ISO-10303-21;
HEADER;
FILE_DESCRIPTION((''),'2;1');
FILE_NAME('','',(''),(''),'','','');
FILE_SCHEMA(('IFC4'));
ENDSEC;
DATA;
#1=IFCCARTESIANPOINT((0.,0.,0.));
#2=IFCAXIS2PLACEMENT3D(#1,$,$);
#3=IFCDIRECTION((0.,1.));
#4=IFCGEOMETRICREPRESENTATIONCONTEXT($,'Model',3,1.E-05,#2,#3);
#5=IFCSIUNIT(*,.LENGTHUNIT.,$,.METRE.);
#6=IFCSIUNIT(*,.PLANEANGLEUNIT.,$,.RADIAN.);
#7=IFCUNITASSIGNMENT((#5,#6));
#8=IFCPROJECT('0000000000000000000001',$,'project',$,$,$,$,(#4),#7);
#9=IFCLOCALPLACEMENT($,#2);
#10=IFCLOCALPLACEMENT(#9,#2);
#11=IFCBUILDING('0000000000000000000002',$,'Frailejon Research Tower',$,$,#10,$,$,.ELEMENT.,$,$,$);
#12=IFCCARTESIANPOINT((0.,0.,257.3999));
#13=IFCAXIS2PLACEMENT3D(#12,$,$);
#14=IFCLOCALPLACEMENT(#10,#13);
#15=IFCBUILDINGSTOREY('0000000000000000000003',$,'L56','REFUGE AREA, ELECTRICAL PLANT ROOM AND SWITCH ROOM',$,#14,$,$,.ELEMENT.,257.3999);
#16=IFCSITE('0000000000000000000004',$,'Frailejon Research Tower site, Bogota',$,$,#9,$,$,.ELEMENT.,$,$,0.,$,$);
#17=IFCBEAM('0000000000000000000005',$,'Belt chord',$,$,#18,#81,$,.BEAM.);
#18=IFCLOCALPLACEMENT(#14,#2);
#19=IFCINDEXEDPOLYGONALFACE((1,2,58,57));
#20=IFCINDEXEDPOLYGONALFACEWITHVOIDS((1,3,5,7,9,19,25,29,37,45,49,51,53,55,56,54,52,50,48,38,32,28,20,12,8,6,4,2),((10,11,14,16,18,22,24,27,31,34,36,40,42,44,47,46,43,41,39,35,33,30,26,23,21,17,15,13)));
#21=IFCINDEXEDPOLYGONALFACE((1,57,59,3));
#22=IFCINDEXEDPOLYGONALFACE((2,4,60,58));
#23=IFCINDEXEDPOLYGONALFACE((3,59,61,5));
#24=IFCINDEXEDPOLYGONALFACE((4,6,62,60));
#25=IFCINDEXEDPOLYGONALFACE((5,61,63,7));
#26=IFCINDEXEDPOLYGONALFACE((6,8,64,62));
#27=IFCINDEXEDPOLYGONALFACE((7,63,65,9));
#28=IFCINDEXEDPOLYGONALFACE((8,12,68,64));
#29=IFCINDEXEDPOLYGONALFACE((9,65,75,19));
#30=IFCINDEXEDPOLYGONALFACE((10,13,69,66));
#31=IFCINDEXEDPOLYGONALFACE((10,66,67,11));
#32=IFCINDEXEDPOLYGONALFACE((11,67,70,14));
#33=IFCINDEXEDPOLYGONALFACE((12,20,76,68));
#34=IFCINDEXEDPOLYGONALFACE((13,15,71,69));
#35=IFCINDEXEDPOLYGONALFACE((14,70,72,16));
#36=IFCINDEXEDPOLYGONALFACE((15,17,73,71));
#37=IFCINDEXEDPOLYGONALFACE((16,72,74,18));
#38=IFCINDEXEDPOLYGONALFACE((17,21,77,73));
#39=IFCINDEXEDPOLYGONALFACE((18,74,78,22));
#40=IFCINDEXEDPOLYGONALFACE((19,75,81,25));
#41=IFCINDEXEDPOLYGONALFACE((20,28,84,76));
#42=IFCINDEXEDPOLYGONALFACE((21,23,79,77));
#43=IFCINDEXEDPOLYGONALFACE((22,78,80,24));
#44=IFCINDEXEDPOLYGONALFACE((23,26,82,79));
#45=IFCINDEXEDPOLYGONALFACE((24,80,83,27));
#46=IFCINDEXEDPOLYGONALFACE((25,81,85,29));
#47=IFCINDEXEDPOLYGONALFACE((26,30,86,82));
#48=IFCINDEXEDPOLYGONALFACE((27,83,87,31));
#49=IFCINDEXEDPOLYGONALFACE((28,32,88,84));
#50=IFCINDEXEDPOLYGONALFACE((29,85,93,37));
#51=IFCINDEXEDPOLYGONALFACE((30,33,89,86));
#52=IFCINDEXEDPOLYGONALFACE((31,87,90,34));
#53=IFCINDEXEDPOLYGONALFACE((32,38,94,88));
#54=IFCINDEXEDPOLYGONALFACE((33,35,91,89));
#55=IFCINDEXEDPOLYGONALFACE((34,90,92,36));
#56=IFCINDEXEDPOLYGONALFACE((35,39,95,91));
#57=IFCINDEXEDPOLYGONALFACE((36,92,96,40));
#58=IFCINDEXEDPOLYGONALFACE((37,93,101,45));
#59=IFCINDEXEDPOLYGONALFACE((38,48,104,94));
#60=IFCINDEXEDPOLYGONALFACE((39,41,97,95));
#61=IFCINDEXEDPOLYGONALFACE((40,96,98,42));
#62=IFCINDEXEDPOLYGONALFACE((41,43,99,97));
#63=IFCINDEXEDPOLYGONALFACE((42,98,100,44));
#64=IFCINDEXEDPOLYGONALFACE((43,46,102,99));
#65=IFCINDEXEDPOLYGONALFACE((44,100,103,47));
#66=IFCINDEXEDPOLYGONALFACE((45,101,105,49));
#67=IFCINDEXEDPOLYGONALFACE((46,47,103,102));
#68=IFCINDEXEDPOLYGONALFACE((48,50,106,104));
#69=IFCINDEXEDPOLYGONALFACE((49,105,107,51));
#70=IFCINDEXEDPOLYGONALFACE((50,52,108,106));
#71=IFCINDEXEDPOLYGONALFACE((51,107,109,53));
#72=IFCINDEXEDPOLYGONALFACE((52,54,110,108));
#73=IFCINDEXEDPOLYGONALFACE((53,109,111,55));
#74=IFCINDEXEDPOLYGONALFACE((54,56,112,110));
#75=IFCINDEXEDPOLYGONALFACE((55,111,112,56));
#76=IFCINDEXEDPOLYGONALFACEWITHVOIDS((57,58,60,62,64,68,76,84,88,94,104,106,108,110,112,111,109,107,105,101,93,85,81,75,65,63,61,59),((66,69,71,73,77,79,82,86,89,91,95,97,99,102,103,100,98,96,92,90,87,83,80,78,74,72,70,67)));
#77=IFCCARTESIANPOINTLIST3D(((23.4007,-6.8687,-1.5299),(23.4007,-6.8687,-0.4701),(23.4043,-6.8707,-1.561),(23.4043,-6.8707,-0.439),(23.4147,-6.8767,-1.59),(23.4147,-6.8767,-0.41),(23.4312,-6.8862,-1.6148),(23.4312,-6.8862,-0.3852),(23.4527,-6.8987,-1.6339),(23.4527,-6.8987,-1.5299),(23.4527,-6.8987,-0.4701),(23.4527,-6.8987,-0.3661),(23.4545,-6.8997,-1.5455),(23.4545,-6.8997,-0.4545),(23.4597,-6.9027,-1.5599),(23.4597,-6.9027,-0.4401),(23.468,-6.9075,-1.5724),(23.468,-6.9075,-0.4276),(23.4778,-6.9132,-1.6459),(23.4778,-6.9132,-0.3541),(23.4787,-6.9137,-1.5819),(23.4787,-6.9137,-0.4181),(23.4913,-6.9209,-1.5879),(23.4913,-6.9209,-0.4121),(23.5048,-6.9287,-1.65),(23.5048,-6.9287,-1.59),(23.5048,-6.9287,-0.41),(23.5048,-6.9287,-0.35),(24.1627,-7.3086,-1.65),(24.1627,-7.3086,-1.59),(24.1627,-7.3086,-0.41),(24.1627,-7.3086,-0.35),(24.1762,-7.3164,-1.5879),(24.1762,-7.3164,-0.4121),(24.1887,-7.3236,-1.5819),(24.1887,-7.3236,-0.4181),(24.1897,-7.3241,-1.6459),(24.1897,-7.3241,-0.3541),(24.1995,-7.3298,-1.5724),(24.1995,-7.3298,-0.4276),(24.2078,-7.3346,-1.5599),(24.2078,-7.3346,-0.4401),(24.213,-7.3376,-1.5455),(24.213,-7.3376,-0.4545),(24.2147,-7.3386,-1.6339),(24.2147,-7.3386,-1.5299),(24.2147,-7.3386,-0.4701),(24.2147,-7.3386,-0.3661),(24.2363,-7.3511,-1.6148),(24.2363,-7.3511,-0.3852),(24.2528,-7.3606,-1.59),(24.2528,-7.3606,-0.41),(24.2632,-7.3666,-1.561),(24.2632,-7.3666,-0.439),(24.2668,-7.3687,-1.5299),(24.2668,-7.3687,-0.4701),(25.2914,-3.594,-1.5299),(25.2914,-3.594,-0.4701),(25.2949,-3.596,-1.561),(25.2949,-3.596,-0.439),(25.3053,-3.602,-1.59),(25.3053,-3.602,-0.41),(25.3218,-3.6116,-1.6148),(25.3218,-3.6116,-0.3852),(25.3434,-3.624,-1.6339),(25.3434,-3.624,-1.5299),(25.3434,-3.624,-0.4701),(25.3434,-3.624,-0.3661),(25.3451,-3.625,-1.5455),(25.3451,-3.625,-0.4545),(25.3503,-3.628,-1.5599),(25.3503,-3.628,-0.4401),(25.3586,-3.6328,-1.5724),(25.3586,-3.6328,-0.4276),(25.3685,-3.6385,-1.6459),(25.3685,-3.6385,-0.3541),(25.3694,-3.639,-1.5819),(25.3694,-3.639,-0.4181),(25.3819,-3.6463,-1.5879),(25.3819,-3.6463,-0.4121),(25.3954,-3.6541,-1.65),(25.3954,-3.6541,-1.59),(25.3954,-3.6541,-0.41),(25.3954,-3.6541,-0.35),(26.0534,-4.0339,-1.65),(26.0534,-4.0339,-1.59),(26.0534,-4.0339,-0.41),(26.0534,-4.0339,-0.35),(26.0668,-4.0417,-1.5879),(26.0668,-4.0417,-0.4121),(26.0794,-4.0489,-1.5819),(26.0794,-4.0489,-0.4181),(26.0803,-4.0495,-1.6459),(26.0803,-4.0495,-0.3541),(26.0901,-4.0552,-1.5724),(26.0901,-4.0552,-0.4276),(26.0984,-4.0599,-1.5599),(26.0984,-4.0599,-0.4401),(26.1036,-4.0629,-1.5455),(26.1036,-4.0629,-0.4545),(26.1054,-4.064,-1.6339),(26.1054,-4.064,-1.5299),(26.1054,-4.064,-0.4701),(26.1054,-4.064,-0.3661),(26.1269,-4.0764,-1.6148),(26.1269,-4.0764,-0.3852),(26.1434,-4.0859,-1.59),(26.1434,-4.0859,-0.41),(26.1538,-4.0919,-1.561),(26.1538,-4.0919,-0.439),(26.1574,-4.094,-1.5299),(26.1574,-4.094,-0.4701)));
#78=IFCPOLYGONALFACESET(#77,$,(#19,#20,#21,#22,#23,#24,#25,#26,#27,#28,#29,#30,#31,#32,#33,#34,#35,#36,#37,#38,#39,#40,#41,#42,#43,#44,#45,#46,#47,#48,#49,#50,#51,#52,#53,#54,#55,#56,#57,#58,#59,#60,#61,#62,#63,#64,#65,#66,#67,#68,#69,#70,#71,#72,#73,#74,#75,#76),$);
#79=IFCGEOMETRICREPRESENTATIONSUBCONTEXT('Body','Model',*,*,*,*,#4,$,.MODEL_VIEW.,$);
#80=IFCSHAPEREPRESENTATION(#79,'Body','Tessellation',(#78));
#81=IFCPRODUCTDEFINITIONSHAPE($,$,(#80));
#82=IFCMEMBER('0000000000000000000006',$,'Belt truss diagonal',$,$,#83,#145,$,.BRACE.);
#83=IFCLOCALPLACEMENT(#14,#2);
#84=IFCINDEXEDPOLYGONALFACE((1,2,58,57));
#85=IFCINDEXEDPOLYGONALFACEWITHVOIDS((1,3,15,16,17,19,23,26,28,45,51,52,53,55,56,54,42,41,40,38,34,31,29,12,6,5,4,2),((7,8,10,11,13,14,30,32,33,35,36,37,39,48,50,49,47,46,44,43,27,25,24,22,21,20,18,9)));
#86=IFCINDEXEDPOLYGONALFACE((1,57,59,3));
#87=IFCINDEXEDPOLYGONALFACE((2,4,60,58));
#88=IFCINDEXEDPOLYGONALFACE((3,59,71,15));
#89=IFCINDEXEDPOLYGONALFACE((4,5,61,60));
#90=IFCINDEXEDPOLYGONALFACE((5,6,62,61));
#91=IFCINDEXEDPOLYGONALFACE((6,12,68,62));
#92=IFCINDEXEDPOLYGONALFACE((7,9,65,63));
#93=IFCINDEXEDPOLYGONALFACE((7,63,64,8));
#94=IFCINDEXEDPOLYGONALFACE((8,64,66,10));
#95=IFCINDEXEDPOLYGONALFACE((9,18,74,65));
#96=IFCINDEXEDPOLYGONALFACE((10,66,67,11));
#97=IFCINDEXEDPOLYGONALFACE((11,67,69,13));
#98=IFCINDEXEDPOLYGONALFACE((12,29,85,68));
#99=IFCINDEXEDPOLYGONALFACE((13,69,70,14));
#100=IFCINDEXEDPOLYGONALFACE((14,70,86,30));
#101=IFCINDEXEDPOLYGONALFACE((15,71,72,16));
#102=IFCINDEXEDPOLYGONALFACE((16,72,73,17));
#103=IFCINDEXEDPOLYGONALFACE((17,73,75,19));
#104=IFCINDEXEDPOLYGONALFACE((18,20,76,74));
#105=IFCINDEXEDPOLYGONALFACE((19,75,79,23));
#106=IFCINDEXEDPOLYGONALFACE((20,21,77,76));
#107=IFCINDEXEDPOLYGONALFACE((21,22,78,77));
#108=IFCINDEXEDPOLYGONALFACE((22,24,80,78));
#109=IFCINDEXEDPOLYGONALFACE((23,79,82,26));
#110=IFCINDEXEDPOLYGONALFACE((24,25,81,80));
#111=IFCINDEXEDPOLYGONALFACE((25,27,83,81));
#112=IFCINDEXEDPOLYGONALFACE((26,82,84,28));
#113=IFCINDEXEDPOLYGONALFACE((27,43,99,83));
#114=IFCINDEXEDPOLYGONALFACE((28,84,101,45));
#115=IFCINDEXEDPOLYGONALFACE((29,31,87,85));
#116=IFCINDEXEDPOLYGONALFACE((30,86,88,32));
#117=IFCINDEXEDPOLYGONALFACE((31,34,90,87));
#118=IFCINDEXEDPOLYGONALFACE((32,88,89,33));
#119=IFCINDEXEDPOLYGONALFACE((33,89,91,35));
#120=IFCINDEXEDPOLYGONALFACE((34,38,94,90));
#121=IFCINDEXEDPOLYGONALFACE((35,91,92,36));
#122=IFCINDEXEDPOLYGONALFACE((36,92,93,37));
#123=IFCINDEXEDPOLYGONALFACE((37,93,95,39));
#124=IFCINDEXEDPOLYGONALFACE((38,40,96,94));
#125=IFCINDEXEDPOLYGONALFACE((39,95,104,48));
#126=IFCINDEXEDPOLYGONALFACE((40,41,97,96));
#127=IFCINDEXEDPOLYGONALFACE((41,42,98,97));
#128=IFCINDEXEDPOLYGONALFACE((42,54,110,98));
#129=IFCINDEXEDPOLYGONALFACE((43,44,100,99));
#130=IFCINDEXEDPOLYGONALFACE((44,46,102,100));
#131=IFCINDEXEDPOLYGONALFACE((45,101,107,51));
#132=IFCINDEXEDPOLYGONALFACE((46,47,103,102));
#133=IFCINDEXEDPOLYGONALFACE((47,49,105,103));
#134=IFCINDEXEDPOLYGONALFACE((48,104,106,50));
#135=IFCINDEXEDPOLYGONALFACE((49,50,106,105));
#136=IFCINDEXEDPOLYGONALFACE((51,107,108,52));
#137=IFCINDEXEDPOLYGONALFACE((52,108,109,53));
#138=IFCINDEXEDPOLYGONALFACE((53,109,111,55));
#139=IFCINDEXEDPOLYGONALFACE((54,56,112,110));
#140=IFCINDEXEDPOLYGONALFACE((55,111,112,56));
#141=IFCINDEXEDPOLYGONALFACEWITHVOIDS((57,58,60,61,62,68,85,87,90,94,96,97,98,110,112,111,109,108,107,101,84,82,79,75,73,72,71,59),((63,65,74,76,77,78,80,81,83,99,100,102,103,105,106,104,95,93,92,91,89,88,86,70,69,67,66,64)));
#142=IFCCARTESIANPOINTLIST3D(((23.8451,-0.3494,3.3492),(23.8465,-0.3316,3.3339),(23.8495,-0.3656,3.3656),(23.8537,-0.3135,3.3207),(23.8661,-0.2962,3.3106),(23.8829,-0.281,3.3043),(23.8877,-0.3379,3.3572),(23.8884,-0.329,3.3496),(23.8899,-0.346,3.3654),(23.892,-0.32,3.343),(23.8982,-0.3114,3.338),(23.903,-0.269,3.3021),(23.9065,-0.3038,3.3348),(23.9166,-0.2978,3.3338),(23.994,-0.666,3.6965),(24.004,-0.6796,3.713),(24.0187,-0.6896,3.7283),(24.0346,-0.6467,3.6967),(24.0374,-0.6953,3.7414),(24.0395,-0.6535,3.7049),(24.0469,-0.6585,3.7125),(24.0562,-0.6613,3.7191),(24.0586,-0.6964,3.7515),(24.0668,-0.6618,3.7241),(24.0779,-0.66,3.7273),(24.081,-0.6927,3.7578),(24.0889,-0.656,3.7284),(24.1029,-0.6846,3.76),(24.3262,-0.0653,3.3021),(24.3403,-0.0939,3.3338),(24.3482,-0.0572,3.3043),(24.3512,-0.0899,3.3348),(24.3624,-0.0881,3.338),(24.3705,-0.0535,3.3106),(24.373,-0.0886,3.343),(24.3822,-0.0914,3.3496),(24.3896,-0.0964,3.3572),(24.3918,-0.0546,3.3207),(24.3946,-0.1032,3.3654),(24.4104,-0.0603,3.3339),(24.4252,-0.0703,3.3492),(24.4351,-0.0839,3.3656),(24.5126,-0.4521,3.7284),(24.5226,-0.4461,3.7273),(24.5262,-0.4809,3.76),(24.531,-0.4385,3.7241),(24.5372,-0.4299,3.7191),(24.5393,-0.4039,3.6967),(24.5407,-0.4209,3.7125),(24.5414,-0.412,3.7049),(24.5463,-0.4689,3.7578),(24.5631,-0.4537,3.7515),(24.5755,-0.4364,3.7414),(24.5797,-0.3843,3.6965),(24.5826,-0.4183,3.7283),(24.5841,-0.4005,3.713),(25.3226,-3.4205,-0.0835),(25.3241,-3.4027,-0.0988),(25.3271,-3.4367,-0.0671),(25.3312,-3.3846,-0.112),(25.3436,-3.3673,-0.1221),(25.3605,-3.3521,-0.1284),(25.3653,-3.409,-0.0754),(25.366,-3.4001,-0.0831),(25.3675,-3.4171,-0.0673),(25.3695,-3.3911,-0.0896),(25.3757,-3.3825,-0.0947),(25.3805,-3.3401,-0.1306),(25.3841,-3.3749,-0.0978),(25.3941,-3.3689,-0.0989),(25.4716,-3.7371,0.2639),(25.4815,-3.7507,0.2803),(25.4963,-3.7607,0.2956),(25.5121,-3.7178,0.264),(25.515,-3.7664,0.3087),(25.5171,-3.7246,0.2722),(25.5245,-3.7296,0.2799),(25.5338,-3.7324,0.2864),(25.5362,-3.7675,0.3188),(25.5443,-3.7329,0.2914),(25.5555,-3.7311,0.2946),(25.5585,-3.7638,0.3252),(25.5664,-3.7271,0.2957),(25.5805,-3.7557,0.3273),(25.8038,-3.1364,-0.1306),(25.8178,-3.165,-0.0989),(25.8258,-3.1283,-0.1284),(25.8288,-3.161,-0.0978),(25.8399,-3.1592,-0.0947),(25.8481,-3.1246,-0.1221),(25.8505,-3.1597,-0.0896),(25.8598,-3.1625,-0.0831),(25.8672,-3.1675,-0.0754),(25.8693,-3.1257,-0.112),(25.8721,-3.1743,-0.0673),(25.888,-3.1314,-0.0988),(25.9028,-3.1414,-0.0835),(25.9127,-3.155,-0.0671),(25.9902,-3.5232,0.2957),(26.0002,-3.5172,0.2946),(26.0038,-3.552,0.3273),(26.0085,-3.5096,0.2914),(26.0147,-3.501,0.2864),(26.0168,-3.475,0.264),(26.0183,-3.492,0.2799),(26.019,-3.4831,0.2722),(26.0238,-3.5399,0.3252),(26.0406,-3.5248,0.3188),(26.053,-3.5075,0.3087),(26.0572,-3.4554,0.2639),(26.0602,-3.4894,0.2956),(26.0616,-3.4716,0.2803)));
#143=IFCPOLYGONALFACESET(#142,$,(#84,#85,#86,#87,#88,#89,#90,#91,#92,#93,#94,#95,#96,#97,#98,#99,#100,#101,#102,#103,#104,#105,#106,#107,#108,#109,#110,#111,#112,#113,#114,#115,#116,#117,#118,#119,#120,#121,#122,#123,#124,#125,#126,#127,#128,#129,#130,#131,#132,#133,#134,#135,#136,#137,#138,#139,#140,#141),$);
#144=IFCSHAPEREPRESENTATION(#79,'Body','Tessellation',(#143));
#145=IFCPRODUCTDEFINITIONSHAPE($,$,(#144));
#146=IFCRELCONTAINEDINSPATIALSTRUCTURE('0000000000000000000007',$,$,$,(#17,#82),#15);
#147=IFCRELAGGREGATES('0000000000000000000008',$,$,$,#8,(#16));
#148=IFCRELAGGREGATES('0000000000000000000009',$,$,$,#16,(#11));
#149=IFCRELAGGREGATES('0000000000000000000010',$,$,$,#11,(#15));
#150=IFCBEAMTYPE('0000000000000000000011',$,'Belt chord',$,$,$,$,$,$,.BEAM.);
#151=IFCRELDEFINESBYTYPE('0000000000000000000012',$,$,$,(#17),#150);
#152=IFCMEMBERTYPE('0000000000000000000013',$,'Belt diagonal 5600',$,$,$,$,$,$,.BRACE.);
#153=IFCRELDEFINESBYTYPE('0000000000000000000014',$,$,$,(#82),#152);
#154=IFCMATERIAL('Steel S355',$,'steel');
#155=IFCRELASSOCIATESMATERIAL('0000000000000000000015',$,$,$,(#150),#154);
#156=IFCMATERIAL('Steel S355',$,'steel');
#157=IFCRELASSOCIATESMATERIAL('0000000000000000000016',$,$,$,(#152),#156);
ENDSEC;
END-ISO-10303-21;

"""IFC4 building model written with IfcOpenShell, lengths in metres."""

from ifc_helpers import new_model, si_unit, direction, frame, origin, origin_2d, place, context, subcontext, project, spatial, hollow_rectangle, extrude, material, material_profile, profile_set, type_object, element, save


model = new_model("IFC4")

# Units and contexts
model_context = context("Model", 3, precision=1e-05, world=origin(), true_north=direction((0.0, 1.0)))
body_context = subcontext(model_context, "Body", "Model", "MODEL_VIEW")
ifc_project = project(units=[si_unit("LENGTHUNIT", "METRE"), si_unit("PLANEANGLEUNIT", "RADIAN")], contexts=[model_context])

# Site, building, storey
site_placement = place(None, origin())
site = spatial("IfcSite", under=ifc_project, at=site_placement, Name="Frailejon Research Tower site, Bogota", CompositionType="ELEMENT", RefElevation=0.0)
building_placement = place(site_placement, origin())
building = spatial("IfcBuilding", under=site, at=building_placement, Name="Frailejon Research Tower", CompositionType="ELEMENT")
storey_placement = place(building_placement, frame((0.0, 0.0, 257.3999)))
storey = spatial("IfcBuildingStorey", under=building, at=storey_placement, Name="L56", Description="REFUGE AREA, ELECTRICAL PLANT ROOM AND SWITCH ROOM", CompositionType="ELEMENT", Elevation=257.3999)

# Beam
ifc_material_1 = material(Name="Steel S355", Category="steel")
ifc_material_profile_1 = material_profile(ifc_material_1, hollow_rectangle(XDim=1.0, YDim=1.3, WallThickness=0.0601, InnerFilletRadius=0.0601, OuterFilletRadius=0.1201, at=origin_2d()), Name="Belt chord")
ifc_profile_set_1 = profile_set([ifc_material_profile_1], Name="Steel S355")
beam_type_1 = type_object("IfcBeamType", Name="Belt chord", PredefinedType="BEAM", material=ifc_profile_set_1)
for number, where, z_axis, x_axis, name in (
    (1, (23.8337, -7.1187, -1.0), (0.5, 0.866025, 0.0), (-0.866025, 0.5, 0.0), "Belt chord"),
):
    element("IfcBeam", number, at=place(storey_placement, frame(where, z_axis=z_axis, x_axis=x_axis)), inside=storey, type_object=beam_type_1, Name=name, PredefinedType="BEAM", context=body_context, shape_type="SweptSolid", body=[
        extrude(hollow_rectangle(XDim=1.0, YDim=1.3, WallThickness=0.0601, InnerFilletRadius=0.0601, OuterFilletRadius=0.1201, at=origin_2d()), origin(), (0.0, 0.0, 1.0), 3.7812),
    ])

# Member
ifc_material_2 = material(Name="Steel S355", Category="steel")
ifc_material_profile_2 = material_profile(ifc_material_2, hollow_rectangle(XDim=0.6499, YDim=0.6499, WallThickness=0.0449, InnerFilletRadius=0.0449, OuterFilletRadius=0.0901, at=origin_2d()), Name="Belt diagonal 5600")
ifc_profile_set_2 = profile_set([ifc_material_profile_2], Name="Steel S355")
member_type = type_object("IfcMemberType", Name="Belt diagonal 5600", PredefinedType="BRACE", material=ifc_profile_set_2)
member_1_placement = place(storey_placement, frame((25.6921, -3.446, 0.0984), z_axis=(-0.305461, 0.634897, 0.709647), x_axis=(-0.901129, -0.433551, 0.0)))
element("IfcMember", 2, at=member_1_placement, inside=storey, type_object=member_type, Name="Belt truss diagonal", PredefinedType="BRACE", context=body_context, shape_type="SweptSolid", body=[
    extrude(hollow_rectangle(XDim=0.6499, YDim=0.6499, WallThickness=0.0449, InnerFilletRadius=0.0449, OuterFilletRadius=0.0901, at=origin_2d()), origin(), (0.0, 0.0, 1.0), 4.8372),
])

save(model, "model.ifc")
